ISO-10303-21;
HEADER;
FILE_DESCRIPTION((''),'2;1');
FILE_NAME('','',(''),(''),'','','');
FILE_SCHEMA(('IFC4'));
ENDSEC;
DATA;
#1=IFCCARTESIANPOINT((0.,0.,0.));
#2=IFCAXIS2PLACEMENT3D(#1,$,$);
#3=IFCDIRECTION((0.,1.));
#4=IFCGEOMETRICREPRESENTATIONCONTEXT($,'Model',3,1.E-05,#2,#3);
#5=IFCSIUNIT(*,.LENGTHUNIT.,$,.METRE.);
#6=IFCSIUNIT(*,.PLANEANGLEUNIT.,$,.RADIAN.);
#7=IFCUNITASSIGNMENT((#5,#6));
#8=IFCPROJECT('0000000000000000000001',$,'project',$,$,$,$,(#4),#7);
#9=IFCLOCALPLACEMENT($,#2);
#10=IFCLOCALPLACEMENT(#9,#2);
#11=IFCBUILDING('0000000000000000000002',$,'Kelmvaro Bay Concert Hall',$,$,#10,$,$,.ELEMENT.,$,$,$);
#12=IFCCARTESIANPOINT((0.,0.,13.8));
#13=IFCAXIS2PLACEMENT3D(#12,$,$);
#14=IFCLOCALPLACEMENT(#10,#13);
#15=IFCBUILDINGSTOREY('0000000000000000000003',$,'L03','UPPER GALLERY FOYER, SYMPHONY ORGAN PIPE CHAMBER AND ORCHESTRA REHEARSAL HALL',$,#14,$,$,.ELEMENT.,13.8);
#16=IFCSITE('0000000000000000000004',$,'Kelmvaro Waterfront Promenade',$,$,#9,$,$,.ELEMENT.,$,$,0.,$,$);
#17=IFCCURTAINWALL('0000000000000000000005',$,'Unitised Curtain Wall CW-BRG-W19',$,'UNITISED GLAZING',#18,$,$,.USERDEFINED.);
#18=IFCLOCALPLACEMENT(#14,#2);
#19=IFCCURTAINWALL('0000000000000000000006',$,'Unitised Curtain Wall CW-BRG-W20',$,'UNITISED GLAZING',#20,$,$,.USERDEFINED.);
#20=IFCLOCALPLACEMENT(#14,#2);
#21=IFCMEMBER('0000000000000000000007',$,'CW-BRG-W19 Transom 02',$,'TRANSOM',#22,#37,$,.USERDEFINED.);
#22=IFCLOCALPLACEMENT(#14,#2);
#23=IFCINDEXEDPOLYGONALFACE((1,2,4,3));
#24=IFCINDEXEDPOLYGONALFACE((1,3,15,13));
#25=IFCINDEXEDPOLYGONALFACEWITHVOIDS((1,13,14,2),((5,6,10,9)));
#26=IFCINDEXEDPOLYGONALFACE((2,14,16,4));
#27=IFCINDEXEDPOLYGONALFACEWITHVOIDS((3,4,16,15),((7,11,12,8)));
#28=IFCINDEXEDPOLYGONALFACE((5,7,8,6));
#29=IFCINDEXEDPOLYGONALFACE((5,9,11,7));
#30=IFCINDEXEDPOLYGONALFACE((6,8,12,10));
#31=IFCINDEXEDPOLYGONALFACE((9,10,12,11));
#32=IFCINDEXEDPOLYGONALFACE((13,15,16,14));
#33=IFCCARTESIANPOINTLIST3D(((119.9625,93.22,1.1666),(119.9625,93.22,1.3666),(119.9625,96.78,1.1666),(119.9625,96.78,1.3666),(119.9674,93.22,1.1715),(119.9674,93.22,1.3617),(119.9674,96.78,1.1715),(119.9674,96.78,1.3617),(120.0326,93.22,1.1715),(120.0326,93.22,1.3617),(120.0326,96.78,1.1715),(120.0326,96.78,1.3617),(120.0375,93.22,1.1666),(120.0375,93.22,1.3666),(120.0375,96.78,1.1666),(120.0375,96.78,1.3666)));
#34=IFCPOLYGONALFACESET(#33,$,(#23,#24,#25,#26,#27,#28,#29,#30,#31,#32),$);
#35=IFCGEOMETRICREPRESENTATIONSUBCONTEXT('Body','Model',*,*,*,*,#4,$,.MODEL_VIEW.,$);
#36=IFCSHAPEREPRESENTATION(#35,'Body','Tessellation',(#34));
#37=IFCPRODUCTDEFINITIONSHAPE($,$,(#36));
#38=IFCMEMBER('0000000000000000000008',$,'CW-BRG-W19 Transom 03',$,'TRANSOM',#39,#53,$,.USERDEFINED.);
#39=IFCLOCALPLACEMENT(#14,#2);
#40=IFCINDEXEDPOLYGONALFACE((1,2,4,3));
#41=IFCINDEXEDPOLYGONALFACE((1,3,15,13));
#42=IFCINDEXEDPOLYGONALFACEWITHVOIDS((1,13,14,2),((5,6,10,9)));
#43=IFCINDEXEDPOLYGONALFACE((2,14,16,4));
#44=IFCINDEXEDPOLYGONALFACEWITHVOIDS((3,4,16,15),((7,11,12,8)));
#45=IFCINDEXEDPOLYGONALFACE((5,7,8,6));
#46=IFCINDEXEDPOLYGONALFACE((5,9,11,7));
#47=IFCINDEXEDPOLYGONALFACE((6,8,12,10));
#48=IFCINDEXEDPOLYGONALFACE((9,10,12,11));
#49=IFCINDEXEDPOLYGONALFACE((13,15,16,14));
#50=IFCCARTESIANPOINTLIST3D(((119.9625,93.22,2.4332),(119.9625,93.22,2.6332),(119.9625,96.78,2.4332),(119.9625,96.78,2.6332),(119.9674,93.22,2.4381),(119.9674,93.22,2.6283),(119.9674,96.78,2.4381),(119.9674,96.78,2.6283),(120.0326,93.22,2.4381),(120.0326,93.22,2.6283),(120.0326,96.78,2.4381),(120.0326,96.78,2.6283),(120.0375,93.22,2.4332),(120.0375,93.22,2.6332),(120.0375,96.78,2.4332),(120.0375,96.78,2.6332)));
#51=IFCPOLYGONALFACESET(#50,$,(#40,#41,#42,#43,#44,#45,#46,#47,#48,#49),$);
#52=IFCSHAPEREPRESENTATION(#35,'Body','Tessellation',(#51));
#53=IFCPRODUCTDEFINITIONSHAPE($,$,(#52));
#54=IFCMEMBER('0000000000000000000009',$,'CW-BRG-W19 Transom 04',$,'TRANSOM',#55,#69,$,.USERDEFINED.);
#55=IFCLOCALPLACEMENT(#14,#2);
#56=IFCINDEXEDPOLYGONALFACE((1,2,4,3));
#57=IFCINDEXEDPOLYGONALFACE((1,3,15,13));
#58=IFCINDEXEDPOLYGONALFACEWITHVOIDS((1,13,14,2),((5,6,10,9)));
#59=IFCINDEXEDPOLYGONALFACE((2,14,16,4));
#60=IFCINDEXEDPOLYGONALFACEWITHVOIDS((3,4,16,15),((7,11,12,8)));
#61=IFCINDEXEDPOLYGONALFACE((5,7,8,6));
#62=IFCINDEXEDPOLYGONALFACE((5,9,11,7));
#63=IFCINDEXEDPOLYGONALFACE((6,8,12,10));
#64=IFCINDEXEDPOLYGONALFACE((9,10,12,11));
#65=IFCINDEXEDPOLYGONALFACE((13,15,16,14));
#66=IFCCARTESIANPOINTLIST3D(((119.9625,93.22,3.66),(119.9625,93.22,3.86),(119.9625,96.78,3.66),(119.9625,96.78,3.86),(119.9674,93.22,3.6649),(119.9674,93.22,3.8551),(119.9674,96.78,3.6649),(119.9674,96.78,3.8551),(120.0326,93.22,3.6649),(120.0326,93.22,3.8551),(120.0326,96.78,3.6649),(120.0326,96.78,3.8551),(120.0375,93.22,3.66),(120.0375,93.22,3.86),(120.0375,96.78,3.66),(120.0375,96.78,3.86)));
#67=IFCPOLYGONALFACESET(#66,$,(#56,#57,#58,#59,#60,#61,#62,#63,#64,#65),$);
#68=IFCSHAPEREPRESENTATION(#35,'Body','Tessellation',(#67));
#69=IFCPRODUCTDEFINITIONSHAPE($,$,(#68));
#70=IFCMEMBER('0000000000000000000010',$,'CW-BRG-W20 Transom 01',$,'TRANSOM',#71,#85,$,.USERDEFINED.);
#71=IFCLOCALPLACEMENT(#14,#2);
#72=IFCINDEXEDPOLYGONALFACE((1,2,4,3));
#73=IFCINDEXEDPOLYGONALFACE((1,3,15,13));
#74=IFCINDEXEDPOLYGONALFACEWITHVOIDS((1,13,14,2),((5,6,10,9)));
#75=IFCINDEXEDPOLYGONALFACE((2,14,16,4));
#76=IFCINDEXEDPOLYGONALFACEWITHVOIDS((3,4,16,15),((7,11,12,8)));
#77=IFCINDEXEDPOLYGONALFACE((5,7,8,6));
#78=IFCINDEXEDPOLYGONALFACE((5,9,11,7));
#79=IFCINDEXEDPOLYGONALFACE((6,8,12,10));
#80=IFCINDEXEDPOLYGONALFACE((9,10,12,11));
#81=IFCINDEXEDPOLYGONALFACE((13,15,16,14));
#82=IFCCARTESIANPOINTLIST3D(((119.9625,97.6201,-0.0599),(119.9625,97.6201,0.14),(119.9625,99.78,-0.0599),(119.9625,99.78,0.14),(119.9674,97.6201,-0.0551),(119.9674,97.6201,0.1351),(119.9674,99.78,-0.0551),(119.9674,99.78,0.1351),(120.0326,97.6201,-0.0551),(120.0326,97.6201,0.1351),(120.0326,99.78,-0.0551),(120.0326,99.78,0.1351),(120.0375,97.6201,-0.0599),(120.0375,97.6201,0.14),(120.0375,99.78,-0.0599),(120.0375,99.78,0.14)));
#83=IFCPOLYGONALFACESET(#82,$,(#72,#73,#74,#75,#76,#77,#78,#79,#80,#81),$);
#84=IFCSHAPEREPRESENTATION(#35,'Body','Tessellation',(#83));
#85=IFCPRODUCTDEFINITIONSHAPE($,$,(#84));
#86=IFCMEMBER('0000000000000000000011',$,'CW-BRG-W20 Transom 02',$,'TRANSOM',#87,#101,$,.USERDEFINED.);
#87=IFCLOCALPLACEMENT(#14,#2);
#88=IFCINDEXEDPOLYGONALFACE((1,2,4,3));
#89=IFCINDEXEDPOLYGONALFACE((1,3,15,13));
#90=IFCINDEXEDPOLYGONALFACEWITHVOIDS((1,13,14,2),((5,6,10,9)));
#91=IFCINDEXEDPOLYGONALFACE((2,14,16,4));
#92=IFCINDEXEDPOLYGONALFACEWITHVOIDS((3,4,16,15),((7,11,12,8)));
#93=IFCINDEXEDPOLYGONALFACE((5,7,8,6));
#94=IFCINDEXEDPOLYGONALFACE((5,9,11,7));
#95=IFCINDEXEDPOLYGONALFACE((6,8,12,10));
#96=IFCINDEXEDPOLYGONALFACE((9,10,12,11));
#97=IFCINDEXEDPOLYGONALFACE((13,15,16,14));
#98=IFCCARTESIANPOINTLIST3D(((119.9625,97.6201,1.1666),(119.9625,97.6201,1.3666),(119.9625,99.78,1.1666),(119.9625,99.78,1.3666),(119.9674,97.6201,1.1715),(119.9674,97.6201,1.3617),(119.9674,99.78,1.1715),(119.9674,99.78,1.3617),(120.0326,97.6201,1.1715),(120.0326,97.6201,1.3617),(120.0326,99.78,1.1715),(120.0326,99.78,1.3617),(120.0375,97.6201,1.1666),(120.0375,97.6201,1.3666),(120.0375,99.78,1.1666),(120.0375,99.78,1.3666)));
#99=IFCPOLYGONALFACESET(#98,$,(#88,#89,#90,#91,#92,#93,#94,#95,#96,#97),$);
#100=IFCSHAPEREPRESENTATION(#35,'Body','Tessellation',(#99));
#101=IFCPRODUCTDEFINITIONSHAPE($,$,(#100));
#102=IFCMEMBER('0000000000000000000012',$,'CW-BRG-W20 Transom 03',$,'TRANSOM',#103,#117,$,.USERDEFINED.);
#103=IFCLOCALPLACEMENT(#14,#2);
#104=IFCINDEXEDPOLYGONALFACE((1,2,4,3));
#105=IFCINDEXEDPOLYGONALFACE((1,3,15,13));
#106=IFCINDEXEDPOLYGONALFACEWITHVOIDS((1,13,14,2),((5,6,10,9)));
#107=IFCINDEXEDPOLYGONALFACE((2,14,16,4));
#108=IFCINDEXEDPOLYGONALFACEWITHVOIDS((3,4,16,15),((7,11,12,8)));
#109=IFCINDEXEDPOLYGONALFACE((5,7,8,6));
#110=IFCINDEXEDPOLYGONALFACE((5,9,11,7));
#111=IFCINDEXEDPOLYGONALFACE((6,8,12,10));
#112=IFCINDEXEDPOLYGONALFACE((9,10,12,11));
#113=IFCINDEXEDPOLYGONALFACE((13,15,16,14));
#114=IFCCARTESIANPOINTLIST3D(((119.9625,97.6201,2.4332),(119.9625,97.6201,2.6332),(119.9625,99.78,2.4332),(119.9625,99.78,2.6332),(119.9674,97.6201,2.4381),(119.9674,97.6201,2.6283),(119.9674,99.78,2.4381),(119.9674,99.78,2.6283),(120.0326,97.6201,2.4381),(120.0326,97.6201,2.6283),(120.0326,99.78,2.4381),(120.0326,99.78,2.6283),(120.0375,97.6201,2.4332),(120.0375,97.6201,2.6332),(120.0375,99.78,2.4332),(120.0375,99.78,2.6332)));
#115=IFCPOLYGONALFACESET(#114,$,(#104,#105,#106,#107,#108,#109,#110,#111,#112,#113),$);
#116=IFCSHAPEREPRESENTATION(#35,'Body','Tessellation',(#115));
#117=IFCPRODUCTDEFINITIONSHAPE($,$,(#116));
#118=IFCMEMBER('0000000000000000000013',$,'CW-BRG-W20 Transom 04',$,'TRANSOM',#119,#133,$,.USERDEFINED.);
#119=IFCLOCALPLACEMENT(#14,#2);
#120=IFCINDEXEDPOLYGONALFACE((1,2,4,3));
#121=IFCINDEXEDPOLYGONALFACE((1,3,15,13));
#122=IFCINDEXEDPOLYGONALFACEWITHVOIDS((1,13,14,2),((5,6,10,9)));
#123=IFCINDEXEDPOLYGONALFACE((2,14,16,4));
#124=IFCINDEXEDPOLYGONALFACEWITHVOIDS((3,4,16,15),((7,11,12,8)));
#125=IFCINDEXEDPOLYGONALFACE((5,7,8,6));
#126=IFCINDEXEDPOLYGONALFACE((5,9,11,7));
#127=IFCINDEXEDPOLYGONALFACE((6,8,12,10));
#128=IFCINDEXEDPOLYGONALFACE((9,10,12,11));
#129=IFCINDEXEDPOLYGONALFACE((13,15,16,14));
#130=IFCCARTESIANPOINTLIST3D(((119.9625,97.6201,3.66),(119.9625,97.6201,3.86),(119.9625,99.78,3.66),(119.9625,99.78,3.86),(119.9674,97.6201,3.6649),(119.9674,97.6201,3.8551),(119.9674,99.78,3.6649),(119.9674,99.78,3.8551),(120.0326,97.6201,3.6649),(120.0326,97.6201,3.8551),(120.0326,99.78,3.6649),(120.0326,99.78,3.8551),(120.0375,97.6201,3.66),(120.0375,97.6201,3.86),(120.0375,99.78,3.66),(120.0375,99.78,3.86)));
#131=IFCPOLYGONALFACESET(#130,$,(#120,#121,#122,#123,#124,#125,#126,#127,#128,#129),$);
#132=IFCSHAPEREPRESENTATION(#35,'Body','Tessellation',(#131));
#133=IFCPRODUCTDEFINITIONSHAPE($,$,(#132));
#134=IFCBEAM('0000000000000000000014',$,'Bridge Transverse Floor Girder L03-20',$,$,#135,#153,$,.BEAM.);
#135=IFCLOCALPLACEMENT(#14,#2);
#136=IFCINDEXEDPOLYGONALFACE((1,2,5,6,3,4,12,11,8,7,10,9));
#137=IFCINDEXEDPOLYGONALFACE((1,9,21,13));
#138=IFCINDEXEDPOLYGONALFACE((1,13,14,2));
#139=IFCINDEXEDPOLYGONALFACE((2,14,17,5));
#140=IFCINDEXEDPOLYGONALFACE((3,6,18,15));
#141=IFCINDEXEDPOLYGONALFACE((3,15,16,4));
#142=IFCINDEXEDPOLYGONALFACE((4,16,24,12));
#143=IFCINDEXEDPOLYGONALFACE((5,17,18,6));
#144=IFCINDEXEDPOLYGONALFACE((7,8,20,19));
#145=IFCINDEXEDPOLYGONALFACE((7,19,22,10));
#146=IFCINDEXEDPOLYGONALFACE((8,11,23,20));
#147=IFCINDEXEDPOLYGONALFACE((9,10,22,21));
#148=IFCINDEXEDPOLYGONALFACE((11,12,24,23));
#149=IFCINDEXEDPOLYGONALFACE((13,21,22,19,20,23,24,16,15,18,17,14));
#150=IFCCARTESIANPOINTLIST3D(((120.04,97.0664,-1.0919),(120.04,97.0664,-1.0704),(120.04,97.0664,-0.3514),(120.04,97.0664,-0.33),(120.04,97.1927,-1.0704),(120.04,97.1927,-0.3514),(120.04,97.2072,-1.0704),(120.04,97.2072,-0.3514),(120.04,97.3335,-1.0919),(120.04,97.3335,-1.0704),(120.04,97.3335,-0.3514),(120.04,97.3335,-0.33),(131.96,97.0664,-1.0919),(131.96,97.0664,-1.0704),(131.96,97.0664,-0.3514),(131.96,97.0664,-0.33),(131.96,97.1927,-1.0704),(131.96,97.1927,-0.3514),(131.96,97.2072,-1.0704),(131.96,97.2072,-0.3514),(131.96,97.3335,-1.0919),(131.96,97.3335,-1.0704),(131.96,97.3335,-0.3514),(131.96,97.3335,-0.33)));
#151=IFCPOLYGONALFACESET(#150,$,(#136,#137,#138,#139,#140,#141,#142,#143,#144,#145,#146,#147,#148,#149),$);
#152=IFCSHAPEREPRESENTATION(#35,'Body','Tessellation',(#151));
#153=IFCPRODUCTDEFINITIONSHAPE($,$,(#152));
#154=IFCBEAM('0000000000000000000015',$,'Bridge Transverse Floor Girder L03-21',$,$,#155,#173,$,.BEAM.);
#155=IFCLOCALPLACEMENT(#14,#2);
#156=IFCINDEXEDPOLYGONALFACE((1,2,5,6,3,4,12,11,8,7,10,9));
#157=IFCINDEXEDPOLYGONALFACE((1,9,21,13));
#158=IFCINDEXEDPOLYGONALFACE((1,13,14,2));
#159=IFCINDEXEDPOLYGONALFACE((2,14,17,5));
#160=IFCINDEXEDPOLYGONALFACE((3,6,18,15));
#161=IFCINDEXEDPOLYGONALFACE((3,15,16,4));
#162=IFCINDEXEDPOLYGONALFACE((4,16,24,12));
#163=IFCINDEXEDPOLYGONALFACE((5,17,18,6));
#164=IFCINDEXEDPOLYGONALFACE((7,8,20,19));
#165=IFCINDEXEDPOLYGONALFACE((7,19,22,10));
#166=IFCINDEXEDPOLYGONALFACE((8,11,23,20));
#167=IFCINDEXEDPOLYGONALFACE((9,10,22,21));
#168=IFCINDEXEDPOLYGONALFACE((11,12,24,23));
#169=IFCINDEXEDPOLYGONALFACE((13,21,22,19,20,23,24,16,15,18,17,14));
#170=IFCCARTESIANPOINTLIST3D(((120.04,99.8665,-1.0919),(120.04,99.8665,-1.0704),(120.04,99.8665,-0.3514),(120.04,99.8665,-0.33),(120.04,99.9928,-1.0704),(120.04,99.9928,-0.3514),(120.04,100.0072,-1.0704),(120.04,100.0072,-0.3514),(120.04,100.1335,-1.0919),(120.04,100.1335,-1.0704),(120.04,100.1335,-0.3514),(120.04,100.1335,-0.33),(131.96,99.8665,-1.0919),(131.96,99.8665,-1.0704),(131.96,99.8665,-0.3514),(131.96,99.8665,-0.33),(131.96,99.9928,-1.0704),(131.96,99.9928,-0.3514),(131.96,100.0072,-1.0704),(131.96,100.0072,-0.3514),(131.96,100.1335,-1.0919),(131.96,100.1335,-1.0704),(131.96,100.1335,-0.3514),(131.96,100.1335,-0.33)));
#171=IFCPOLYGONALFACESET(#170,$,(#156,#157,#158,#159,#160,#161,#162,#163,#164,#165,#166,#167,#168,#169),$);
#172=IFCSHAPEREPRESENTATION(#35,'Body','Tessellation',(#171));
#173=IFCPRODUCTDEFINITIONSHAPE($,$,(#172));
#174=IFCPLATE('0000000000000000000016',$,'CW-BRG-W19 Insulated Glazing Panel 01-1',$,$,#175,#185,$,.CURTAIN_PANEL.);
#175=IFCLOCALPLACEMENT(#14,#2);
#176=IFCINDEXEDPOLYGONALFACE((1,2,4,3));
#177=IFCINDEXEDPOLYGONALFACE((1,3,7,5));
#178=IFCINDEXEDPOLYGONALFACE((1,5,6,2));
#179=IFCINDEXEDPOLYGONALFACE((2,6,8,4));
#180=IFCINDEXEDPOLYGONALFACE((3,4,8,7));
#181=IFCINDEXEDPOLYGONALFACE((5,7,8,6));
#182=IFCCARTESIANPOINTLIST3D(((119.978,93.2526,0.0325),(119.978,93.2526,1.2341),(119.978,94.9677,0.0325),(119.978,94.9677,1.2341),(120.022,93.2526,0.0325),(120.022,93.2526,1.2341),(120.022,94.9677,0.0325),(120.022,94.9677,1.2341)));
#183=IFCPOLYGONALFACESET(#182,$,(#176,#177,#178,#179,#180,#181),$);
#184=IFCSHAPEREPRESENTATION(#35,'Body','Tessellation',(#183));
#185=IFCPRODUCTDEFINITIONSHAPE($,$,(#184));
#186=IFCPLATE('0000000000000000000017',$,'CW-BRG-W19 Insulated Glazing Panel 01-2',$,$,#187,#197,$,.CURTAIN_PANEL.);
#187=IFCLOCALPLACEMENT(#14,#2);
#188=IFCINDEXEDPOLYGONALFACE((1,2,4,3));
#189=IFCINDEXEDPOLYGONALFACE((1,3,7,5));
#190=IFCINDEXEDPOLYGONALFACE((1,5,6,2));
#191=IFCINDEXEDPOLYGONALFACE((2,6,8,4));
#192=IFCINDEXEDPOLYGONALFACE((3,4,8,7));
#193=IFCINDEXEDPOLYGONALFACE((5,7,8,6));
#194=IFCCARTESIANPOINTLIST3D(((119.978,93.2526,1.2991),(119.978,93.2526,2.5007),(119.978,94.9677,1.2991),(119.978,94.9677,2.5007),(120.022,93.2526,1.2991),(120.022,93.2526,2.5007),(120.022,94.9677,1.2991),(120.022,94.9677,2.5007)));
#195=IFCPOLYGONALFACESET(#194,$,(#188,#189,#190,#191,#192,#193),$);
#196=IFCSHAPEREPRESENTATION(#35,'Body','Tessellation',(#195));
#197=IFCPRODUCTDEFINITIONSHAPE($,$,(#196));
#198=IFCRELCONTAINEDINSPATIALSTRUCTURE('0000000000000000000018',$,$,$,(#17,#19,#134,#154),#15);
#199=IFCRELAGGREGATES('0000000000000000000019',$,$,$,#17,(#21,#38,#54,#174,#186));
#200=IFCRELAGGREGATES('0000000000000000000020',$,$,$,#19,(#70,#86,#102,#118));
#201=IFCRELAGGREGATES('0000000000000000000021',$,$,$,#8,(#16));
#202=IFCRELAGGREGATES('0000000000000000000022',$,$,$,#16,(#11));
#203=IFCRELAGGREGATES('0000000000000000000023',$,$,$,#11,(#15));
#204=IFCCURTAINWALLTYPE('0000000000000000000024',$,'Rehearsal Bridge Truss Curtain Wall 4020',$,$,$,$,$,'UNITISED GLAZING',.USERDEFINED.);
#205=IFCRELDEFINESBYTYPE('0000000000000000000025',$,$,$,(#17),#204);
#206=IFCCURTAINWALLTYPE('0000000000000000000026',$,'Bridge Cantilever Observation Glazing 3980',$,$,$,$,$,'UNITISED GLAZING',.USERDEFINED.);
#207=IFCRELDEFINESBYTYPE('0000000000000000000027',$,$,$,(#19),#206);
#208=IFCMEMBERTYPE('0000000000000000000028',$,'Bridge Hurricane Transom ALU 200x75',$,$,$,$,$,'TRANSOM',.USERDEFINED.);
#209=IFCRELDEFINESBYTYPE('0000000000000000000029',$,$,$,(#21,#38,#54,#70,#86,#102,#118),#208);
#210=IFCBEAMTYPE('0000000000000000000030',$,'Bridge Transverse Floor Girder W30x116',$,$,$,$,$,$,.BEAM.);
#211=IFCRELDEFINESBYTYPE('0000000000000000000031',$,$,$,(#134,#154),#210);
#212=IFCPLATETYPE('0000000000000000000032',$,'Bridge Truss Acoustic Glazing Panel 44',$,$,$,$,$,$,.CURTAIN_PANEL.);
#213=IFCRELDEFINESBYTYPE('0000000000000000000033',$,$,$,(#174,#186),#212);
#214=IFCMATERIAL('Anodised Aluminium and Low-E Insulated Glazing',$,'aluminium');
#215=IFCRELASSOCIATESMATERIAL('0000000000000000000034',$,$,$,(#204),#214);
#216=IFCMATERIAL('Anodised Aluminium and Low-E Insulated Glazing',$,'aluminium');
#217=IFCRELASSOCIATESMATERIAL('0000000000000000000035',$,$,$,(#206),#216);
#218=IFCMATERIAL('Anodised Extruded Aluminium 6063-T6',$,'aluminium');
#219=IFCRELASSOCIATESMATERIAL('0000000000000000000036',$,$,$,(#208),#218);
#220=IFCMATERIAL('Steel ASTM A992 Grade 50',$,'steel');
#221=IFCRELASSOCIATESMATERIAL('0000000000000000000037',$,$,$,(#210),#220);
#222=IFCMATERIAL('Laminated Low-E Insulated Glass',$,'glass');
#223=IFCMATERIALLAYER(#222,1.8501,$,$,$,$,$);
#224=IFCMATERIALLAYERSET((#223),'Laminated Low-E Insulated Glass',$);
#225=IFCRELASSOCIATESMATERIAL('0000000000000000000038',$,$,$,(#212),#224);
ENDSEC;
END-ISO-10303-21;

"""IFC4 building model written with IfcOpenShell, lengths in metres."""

from ifc_helpers import new_model, si_unit, direction, frame, origin, origin_2d, place, context, subcontext, project, spatial, rectangle, hollow_rectangle, i_section, extrude, material, layer, layer_set, material_profile, profile_set, type_object, element, aggregate, save


model = new_model("IFC4")

# Units and contexts
model_context = context("Model", 3, precision=1e-05, world=origin(), true_north=direction((0.0, 1.0)))
body_context = subcontext(model_context, "Body", "Model", "MODEL_VIEW")
ifc_project = project(units=[si_unit("LENGTHUNIT", "METRE"), si_unit("PLANEANGLEUNIT", "RADIAN")], contexts=[model_context])

# Site, building, storey
site_placement = place(None, origin())
site = spatial("IfcSite", under=ifc_project, at=site_placement, Name="Kelmvaro Waterfront Promenade", CompositionType="ELEMENT", RefElevation=0.0)
building_placement = place(site_placement, origin())
building = spatial("IfcBuilding", under=site, at=building_placement, Name="Kelmvaro Bay Concert Hall", CompositionType="ELEMENT")
storey_placement = place(building_placement, frame((0.0, 0.0, 13.8)))
storey = spatial("IfcBuildingStorey", under=building, at=storey_placement, Name="L03", Description="UPPER GALLERY FOYER, SYMPHONY ORGAN PIPE CHAMBER AND ORCHESTRA REHEARSAL HALL", CompositionType="ELEMENT", Elevation=13.8)

# Curtain walls
ifc_material_1 = material(Name="Anodised Aluminium and Low-E Insulated Glazing", Category="aluminium")
curtain_wall_type_1 = type_object("IfcCurtainWallType", Name="Rehearsal Bridge Truss Curtain Wall 4020", ElementType="UNITISED GLAZING", PredefinedType="USERDEFINED", material=ifc_material_1)
curtain_wall_1_placement = place(storey_placement, origin())
curtain_wall_1 = element("IfcCurtainWall", 1, at=curtain_wall_1_placement, inside=storey, type_object=curtain_wall_type_1, Name="Unitised Curtain Wall CW-BRG-W19", ObjectType="UNITISED GLAZING", PredefinedType="USERDEFINED")
ifc_material_2 = material(Name="Anodised Aluminium and Low-E Insulated Glazing", Category="aluminium")
curtain_wall_type_2 = type_object("IfcCurtainWallType", Name="Bridge Cantilever Observation Glazing 3980", ElementType="UNITISED GLAZING", PredefinedType="USERDEFINED", material=ifc_material_2)
curtain_wall_2_placement = place(storey_placement, origin())
curtain_wall_2 = element("IfcCurtainWall", 2, at=curtain_wall_2_placement, inside=storey, type_object=curtain_wall_type_2, Name="Unitised Curtain Wall CW-BRG-W20", ObjectType="UNITISED GLAZING", PredefinedType="USERDEFINED")

# Members
ifc_material_3 = material(Name="Anodised Extruded Aluminium 6063-T6", Category="aluminium")
ifc_material_profile_1 = material_profile(ifc_material_3, hollow_rectangle(XDim=0.075, YDim=0.2, WallThickness=0.0049, at=origin_2d()), Name="ALU-TRN-200X75")
ifc_profile_set_1 = profile_set([ifc_material_profile_1], Name="Anodised Extruded Aluminium 6063-T6")
member_type_1 = type_object("IfcMemberType", Name="Bridge Hurricane Transom ALU 200x75", ElementType="TRANSOM", PredefinedType="USERDEFINED", material=ifc_profile_set_1)
member_1_placement = place(storey_placement, frame((120.0, 93.22, 1.2666), z_axis=(0.0, 1.0, 0.0), x_axis=(-1.0, 0.0, 0.0)))
member_1 = element("IfcMember", 3, at=member_1_placement, type_object=member_type_1, Name="CW-BRG-W19 Transom 02", ObjectType="TRANSOM", PredefinedType="USERDEFINED", context=body_context, shape_type="SweptSolid", body=[
    extrude(hollow_rectangle(XDim=0.075, YDim=0.2, WallThickness=0.0049, at=origin_2d()), origin(), (0.0, 0.0, 1.0), 3.5601),
])
member_2_placement = place(storey_placement, frame((120.0, 93.22, 2.5332), z_axis=(0.0, 1.0, 0.0), x_axis=(-1.0, 0.0, 0.0)))
member_2 = element("IfcMember", 4, at=member_2_placement, type_object=member_type_1, Name="CW-BRG-W19 Transom 03", ObjectType="TRANSOM", PredefinedType="USERDEFINED", context=body_context, shape_type="SweptSolid", body=[
    extrude(hollow_rectangle(XDim=0.075, YDim=0.2, WallThickness=0.0049, at=origin_2d()), origin(), (0.0, 0.0, 1.0), 3.5601),
])
member_3_placement = place(storey_placement, frame((120.0, 93.22, 3.76), z_axis=(0.0, 1.0, 0.0), x_axis=(-1.0, 0.0, 0.0)))
member_3 = element("IfcMember", 5, at=member_3_placement, type_object=member_type_1, Name="CW-BRG-W19 Transom 04", ObjectType="TRANSOM", PredefinedType="USERDEFINED", context=body_context, shape_type="SweptSolid", body=[
    extrude(hollow_rectangle(XDim=0.075, YDim=0.2, WallThickness=0.0049, at=origin_2d()), origin(), (0.0, 0.0, 1.0), 3.5601),
])
member_4_placement = place(storey_placement, frame((120.0, 97.6201, 0.04), z_axis=(0.0, 1.0, 0.0), x_axis=(-1.0, 0.0, 0.0)))
member_4 = element("IfcMember", 6, at=member_4_placement, type_object=member_type_1, Name="CW-BRG-W20 Transom 01", ObjectType="TRANSOM", PredefinedType="USERDEFINED", context=body_context, shape_type="SweptSolid", body=[
    extrude(hollow_rectangle(XDim=0.075, YDim=0.2, WallThickness=0.0049, at=origin_2d()), origin(), (0.0, 0.0, 1.0), 2.1599),
])
member_5_placement = place(storey_placement, frame((120.0, 97.6201, 1.2666), z_axis=(0.0, 1.0, 0.0), x_axis=(-1.0, 0.0, 0.0)))
member_5 = element("IfcMember", 7, at=member_5_placement, type_object=member_type_1, Name="CW-BRG-W20 Transom 02", ObjectType="TRANSOM", PredefinedType="USERDEFINED", context=body_context, shape_type="SweptSolid", body=[
    extrude(hollow_rectangle(XDim=0.075, YDim=0.2, WallThickness=0.0049, at=origin_2d()), origin(), (0.0, 0.0, 1.0), 2.1599),
])
member_6_placement = place(storey_placement, frame((120.0, 97.6201, 2.5332), z_axis=(0.0, 1.0, 0.0), x_axis=(-1.0, 0.0, 0.0)))
member_6 = element("IfcMember", 8, at=member_6_placement, type_object=member_type_1, Name="CW-BRG-W20 Transom 03", ObjectType="TRANSOM", PredefinedType="USERDEFINED", context=body_context, shape_type="SweptSolid", body=[
    extrude(hollow_rectangle(XDim=0.075, YDim=0.2, WallThickness=0.0049, at=origin_2d()), origin(), (0.0, 0.0, 1.0), 2.1599),
])
member_7_placement = place(storey_placement, frame((120.0, 97.6201, 3.76), z_axis=(0.0, 1.0, 0.0), x_axis=(-1.0, 0.0, 0.0)))
member_7 = element("IfcMember", 9, at=member_7_placement, type_object=member_type_1, Name="CW-BRG-W20 Transom 04", ObjectType="TRANSOM", PredefinedType="USERDEFINED", context=body_context, shape_type="SweptSolid", body=[
    extrude(hollow_rectangle(XDim=0.075, YDim=0.2, WallThickness=0.0049, at=origin_2d()), origin(), (0.0, 0.0, 1.0), 2.1599),
])

# Beams
ifc_material_4 = material(Name="Steel ASTM A992 Grade 50", Category="steel")
ifc_material_profile_2 = material_profile(ifc_material_4, i_section(OverallWidth=0.2671, OverallDepth=0.762, WebThickness=0.0144, FlangeThickness=0.0215, at=origin_2d()), Name="W30X116")
ifc_profile_set_2 = profile_set([ifc_material_profile_2], Name="Steel ASTM A992 Grade 50")
beam_type_1 = type_object("IfcBeamType", Name="Bridge Transverse Floor Girder W30x116", PredefinedType="BEAM", material=ifc_profile_set_2)
for number, where, z_axis, x_axis, name in (
    (10, (120.04, 97.2, -0.7109), (1.0, 0.0, 0.0), (0.0, 1.0, 0.0), "Bridge Transverse Floor Girder L03-20"),
    (11, (120.04, 100.0, -0.7109), (1.0, 0.0, 0.0), (0.0, 1.0, 0.0), "Bridge Transverse Floor Girder L03-21"),
):
    element("IfcBeam", number, at=place(storey_placement, frame(where, z_axis=z_axis, x_axis=x_axis)), inside=storey, type_object=beam_type_1, Name=name, PredefinedType="BEAM", context=body_context, shape_type="SweptSolid", body=[
        extrude(i_section(OverallWidth=0.2671, OverallDepth=0.762, WebThickness=0.0144, FlangeThickness=0.0215, at=origin_2d()), origin(), (0.0, 0.0, 1.0), 11.9199),
    ])

# Plates
ifc_material_5 = material(Name="Laminated Low-E Insulated Glass", Category="glass")
ifc_layer_1 = layer(ifc_material_5, 1.8501)
ifc_layer_set_1 = layer_set([ifc_layer_1], Name="Laminated Low-E Insulated Glass")
plate_type = type_object("IfcPlateType", Name="Bridge Truss Acoustic Glazing Panel 44", PredefinedType="CURTAIN_PANEL", material=ifc_layer_set_1)
plate_1_placement = place(storey_placement, frame((120.0, 94.1101, 0.0325), z_axis=(0.0, 0.0, 1.0), x_axis=(0.0, 1.0, 0.0)))
plate_1 = element("IfcPlate", 12, at=plate_1_placement, type_object=plate_type, Name="CW-BRG-W19 Insulated Glazing Panel 01-1", PredefinedType="CURTAIN_PANEL", context=body_context, shape_type="SweptSolid", body=[
    extrude(rectangle(XDim=1.7151, YDim=0.0439, at=origin_2d()), origin(), (0.0, 0.0, 1.0), 1.2017),
])
plate_2_placement = place(storey_placement, frame((120.0, 94.1101, 1.2991), z_axis=(0.0, 0.0, 1.0), x_axis=(0.0, 1.0, 0.0)))
plate_2 = element("IfcPlate", 13, at=plate_2_placement, type_object=plate_type, Name="CW-BRG-W19 Insulated Glazing Panel 01-2", PredefinedType="CURTAIN_PANEL", context=body_context, shape_type="SweptSolid", body=[
    extrude(rectangle(XDim=1.7151, YDim=0.0439, at=origin_2d()), origin(), (0.0, 0.0, 1.0), 1.2017),
])
aggregate(curtain_wall_1, [member_1, member_2, member_3, plate_1, plate_2])
aggregate(curtain_wall_2, [member_4, member_5, member_6, member_7])

save(model, "model.ifc")
